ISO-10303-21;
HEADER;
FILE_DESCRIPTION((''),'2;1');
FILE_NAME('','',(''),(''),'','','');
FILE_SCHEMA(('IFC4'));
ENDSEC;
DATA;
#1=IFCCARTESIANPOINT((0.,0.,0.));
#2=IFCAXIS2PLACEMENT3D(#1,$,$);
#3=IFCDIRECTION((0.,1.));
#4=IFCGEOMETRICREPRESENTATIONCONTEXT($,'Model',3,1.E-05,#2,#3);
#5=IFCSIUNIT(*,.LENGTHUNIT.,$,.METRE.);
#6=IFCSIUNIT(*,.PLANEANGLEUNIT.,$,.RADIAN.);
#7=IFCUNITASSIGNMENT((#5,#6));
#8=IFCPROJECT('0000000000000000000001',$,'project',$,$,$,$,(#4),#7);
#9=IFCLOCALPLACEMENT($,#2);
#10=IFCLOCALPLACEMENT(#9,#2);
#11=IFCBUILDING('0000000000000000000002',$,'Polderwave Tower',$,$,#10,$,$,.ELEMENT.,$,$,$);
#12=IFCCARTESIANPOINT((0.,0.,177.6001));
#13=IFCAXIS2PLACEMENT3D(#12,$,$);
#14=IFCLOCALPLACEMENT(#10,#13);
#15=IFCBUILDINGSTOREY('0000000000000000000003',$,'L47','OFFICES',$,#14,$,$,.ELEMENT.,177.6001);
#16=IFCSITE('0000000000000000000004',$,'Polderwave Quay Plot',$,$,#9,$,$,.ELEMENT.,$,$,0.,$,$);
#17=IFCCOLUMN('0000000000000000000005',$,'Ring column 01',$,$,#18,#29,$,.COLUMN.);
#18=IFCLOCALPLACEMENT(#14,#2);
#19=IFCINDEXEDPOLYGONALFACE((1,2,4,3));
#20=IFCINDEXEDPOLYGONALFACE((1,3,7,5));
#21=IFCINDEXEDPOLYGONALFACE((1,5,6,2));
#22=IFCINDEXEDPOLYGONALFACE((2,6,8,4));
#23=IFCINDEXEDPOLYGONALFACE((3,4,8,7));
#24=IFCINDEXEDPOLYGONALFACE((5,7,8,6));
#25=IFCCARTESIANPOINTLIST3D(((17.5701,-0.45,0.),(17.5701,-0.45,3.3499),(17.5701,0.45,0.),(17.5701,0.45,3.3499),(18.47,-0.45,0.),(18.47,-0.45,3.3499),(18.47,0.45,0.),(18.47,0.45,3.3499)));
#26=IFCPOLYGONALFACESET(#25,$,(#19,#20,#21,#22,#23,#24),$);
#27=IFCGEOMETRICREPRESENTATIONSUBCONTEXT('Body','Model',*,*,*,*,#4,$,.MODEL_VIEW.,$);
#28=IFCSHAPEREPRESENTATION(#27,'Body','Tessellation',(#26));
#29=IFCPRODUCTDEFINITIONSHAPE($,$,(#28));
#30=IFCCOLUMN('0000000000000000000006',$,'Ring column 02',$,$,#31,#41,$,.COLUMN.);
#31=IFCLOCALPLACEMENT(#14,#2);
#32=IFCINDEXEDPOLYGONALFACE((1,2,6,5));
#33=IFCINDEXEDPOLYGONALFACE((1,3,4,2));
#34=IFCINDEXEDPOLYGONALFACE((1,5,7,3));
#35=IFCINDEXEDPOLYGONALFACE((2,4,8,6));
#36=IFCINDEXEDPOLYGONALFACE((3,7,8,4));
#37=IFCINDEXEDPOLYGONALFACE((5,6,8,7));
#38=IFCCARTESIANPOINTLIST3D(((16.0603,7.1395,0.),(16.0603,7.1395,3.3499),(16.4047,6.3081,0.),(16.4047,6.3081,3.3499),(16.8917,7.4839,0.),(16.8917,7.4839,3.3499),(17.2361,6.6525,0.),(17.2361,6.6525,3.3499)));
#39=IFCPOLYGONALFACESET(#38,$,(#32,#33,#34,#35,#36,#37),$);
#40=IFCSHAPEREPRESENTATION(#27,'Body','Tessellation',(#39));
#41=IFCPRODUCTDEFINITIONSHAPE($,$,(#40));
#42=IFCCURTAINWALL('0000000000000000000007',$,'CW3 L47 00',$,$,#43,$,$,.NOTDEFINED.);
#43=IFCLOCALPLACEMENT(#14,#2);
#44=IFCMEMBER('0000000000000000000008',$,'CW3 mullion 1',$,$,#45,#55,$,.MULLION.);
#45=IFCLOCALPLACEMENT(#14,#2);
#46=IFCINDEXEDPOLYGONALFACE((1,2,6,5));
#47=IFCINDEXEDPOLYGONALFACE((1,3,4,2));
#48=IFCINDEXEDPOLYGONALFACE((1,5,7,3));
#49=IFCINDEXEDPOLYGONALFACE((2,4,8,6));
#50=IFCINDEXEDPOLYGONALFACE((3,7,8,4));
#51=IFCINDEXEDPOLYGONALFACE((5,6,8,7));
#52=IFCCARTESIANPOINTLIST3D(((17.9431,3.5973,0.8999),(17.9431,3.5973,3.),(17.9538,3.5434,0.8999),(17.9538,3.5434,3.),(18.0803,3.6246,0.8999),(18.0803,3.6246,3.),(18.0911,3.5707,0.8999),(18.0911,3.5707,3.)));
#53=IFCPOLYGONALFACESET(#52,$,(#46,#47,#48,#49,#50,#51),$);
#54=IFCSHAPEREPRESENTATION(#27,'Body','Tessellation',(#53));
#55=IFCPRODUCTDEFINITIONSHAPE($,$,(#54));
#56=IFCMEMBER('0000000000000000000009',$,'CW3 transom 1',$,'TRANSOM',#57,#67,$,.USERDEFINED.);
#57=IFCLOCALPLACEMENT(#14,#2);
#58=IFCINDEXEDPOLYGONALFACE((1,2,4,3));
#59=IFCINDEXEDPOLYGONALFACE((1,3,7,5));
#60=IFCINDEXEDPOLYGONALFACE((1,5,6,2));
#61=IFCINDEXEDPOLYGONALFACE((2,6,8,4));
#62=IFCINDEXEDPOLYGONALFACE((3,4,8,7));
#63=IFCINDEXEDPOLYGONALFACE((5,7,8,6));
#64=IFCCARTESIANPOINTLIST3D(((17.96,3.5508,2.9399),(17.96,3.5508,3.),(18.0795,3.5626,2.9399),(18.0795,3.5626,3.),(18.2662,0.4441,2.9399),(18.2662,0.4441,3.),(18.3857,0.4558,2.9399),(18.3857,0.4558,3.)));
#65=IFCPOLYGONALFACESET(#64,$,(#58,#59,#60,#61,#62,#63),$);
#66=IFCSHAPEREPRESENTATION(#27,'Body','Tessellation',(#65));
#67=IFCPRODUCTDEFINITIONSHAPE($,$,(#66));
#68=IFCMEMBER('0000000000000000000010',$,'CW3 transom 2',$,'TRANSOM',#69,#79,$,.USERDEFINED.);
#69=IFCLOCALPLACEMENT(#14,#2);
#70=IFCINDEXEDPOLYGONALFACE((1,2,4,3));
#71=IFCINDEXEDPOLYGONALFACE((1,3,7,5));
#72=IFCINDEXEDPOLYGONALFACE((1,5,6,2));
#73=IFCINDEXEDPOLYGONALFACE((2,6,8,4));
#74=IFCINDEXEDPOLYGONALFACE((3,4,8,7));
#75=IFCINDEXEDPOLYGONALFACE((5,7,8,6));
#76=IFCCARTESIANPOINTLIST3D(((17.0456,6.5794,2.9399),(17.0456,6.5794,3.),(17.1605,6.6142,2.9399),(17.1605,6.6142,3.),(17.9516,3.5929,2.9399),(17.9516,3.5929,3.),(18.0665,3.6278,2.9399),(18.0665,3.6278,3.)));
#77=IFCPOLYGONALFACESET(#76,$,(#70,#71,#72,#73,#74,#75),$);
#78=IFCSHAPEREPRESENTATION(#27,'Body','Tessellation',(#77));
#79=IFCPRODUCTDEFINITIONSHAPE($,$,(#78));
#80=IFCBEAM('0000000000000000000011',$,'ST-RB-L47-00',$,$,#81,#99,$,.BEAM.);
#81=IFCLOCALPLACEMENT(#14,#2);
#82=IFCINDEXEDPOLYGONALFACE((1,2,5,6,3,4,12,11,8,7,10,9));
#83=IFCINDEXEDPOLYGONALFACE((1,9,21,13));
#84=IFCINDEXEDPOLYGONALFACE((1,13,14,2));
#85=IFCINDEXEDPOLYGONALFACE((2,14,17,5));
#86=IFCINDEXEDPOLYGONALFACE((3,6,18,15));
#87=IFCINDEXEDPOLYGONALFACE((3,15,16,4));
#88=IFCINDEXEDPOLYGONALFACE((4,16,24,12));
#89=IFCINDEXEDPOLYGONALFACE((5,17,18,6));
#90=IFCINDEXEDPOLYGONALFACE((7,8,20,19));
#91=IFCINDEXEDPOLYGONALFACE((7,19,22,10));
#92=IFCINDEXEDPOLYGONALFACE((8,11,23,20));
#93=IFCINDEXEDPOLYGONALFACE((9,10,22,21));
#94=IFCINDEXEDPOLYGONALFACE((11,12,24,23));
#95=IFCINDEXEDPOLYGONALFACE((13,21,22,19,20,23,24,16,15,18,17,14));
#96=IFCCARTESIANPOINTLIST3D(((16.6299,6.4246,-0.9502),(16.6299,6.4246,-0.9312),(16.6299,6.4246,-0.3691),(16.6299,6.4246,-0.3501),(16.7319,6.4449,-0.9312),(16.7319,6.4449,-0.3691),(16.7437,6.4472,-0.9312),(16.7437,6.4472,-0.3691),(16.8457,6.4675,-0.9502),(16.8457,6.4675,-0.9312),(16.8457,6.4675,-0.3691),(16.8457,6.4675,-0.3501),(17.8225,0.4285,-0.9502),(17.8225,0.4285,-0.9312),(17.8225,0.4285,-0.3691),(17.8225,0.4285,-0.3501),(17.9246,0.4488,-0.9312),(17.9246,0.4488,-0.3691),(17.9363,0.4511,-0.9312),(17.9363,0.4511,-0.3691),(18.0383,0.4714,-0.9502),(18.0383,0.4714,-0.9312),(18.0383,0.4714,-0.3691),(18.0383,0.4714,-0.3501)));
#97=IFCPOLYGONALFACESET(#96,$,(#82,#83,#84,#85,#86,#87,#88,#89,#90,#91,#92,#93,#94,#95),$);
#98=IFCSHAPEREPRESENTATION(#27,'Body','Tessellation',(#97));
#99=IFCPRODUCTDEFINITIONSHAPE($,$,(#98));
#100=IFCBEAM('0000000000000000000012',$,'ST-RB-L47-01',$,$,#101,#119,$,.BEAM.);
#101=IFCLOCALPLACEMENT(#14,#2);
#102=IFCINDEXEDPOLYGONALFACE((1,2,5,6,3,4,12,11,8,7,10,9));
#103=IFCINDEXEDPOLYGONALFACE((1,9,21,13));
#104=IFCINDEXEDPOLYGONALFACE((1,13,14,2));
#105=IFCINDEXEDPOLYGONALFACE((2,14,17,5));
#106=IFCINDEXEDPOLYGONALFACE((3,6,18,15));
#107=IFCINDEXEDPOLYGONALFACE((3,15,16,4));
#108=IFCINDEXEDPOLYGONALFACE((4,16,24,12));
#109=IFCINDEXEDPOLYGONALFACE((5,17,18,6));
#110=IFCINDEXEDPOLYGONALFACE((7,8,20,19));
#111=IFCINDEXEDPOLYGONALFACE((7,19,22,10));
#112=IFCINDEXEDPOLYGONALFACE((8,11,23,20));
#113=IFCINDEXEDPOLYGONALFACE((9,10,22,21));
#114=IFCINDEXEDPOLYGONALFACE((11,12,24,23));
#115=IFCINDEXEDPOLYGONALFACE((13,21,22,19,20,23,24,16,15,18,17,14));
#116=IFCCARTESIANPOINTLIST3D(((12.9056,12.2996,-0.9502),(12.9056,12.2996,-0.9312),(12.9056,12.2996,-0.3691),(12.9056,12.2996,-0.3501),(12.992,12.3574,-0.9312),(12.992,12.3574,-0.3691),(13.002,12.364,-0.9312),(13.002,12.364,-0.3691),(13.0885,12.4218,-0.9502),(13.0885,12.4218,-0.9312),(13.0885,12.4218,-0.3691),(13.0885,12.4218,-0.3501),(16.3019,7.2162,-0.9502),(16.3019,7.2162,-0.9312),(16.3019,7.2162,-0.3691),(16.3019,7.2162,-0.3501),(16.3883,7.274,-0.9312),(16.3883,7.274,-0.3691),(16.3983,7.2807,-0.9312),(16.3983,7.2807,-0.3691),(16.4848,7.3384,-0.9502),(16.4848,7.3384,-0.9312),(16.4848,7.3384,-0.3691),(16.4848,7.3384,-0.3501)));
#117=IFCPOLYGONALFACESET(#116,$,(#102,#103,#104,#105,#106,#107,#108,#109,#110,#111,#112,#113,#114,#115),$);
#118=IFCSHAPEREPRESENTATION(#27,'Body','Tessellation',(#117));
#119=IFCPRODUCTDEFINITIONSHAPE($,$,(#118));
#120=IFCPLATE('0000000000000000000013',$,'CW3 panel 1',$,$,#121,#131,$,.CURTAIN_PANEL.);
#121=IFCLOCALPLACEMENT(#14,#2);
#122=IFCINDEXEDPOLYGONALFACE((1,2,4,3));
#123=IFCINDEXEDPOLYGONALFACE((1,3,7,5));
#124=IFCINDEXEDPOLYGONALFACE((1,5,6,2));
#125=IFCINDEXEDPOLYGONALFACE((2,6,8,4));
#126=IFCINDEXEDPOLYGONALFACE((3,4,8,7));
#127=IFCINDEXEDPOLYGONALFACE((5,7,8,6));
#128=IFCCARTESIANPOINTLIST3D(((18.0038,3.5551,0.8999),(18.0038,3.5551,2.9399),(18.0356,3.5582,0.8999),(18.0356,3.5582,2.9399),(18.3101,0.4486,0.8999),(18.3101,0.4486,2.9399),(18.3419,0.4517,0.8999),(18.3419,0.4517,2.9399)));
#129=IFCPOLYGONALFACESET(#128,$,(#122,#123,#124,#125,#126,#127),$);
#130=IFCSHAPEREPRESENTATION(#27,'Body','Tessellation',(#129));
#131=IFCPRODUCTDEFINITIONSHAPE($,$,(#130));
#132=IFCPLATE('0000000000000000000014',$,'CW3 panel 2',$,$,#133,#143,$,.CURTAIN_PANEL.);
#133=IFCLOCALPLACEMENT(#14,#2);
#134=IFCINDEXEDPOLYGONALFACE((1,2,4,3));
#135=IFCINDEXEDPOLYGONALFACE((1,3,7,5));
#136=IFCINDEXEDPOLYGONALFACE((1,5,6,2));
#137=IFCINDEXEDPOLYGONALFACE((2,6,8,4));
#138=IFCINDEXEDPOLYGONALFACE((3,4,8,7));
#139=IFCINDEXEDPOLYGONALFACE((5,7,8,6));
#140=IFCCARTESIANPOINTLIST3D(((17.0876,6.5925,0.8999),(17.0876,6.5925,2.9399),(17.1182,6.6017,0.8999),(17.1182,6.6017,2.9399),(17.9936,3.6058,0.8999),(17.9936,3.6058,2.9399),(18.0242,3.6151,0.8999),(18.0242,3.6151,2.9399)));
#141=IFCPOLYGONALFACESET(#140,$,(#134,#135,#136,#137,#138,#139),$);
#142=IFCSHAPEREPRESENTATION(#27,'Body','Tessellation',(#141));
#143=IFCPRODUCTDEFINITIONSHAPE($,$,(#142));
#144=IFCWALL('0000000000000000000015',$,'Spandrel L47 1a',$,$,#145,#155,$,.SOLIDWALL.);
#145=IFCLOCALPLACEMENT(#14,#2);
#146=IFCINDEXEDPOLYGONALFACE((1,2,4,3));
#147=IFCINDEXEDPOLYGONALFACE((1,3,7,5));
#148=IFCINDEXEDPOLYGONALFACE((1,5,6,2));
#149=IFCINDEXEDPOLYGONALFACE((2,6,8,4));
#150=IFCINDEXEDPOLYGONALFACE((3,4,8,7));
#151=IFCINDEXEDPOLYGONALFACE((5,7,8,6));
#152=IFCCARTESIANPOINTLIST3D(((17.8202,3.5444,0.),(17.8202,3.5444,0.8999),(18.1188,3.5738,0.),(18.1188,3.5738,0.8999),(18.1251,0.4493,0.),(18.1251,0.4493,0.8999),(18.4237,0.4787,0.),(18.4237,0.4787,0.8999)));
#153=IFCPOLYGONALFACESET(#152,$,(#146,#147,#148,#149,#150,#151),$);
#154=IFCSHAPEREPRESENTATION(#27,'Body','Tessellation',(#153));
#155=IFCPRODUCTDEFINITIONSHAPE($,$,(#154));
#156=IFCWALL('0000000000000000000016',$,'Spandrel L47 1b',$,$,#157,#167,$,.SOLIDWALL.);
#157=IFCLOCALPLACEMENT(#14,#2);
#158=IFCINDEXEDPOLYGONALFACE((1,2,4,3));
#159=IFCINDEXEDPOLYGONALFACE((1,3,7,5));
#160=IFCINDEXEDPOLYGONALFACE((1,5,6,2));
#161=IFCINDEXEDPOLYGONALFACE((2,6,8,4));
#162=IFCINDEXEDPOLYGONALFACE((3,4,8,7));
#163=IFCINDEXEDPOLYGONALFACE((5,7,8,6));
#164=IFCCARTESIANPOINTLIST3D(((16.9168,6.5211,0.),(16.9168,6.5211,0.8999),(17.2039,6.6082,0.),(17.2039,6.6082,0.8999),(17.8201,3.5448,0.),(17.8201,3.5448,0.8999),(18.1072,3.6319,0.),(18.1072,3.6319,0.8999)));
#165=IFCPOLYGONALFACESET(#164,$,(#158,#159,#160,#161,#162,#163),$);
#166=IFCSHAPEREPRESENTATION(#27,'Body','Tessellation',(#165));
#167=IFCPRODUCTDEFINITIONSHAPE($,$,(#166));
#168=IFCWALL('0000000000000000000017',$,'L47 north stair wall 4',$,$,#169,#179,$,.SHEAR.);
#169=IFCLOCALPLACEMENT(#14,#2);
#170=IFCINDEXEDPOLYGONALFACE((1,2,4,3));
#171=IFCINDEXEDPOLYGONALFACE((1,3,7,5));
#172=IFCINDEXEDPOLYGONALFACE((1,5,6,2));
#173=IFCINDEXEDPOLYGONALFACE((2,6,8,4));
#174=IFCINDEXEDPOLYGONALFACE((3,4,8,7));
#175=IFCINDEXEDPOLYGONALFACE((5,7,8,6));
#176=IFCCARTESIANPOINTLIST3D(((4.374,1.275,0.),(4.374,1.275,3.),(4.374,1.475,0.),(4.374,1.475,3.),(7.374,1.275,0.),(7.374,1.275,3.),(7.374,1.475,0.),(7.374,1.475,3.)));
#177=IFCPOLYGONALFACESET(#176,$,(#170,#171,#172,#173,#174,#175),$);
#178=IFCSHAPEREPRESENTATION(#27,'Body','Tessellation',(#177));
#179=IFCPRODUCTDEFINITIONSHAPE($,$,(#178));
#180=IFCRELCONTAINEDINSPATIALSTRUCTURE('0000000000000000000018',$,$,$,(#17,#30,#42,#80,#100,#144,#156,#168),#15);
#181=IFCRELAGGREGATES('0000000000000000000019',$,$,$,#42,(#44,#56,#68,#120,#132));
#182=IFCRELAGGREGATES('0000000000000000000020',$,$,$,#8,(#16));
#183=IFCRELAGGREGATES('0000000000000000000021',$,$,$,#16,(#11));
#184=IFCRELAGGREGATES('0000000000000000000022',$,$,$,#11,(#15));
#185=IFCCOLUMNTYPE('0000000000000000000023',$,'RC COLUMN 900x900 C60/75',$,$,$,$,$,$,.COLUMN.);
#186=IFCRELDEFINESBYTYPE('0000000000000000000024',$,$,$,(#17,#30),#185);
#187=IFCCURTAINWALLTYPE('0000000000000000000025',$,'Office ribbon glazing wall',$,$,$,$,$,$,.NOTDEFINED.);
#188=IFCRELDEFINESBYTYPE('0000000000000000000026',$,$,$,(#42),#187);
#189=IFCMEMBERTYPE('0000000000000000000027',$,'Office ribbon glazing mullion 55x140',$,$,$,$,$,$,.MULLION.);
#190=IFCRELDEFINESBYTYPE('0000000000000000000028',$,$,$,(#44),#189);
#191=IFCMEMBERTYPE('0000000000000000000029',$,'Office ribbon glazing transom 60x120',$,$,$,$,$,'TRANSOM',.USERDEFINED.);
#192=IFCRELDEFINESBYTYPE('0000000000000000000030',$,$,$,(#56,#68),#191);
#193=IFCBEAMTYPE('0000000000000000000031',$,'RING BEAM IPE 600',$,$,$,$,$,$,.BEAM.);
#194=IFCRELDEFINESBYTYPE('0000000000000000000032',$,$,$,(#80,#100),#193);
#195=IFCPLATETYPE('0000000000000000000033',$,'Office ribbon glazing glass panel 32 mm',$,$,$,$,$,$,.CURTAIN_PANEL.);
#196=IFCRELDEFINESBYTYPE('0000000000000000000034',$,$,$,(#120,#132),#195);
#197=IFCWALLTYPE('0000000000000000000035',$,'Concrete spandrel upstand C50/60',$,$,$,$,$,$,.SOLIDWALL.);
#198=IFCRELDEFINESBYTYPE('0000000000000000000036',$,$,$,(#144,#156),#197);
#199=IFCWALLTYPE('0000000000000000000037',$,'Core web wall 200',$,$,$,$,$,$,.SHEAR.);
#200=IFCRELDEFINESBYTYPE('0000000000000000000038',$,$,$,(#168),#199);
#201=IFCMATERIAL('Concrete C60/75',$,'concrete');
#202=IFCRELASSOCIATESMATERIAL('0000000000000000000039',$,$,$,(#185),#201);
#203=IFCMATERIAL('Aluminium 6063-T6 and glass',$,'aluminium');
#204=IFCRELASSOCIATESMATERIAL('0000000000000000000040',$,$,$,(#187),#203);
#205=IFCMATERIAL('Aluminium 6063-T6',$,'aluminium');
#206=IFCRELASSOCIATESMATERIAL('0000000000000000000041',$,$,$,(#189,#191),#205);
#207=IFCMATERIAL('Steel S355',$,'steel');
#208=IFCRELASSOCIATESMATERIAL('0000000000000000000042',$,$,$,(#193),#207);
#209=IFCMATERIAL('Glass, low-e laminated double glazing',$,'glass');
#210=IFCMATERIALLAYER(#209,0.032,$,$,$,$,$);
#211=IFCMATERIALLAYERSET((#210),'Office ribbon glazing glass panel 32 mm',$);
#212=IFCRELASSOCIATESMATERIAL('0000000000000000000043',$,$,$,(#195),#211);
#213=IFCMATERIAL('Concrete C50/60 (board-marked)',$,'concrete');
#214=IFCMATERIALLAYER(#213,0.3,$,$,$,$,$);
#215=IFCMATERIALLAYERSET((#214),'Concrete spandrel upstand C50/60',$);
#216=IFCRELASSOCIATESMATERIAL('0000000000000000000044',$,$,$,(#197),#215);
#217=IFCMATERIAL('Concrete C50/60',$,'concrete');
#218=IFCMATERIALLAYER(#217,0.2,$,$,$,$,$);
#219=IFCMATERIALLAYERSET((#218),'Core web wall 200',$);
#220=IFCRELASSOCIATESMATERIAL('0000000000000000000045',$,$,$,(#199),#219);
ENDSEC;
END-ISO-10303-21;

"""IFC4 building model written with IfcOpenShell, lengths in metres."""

from ifc_helpers import new_model, si_unit, direction, frame, frame_2d, origin, origin_2d, place, context, subcontext, project, spatial, rectangle, i_section, extrude, material, layer, layer_set, material_profile, profile_set, type_object, element, aggregate, save


model = new_model("IFC4")

# Units and contexts
model_context = context("Model", 3, precision=1e-05, world=origin(), true_north=direction((0.0, 1.0)))
body_context = subcontext(model_context, "Body", "Model", "MODEL_VIEW")
ifc_project = project(units=[si_unit("LENGTHUNIT", "METRE"), si_unit("PLANEANGLEUNIT", "RADIAN")], contexts=[model_context])

# Site, building, storey
site_placement = place(None, origin())
site = spatial("IfcSite", under=ifc_project, at=site_placement, Name="Polderwave Quay Plot", CompositionType="ELEMENT", RefElevation=0.0)
building_placement = place(site_placement, origin())
building = spatial("IfcBuilding", under=site, at=building_placement, Name="Polderwave Tower", CompositionType="ELEMENT")
storey_placement = place(building_placement, frame((0.0, 0.0, 177.6001)))
storey = spatial("IfcBuildingStorey", under=building, at=storey_placement, Name="L47", Description="OFFICES", CompositionType="ELEMENT", Elevation=177.6001)

# Columns
ifc_material_1 = material(Name="Concrete C60/75", Category="concrete")
ifc_material_profile_1 = material_profile(ifc_material_1, rectangle(XDim=0.8999, YDim=0.8999, at=origin_2d()), Name="RC 900x900")
ifc_profile_set_1 = profile_set([ifc_material_profile_1], Name="Concrete C60/75")
column_type = type_object("IfcColumnType", Name="RC COLUMN 900x900 C60/75", PredefinedType="COLUMN", material=ifc_profile_set_1)
for number, where, z_axis, x_axis, name in (
    (1, (18.02, 0.0, 0.0), (0.0, 0.0, 1.0), (1.0, 0.0, 0.0), "Ring column 01"),
    (2, (16.6482, 6.896, 0.0), (0.0, 0.0, 1.0), (0.92388, 0.382683, 0.0), "Ring column 02"),
):
    element("IfcColumn", number, at=place(storey_placement, frame(where, z_axis=z_axis, x_axis=x_axis)), inside=storey, type_object=column_type, Name=name, PredefinedType="COLUMN", context=body_context, shape_type="SweptSolid", body=[
        extrude(rectangle(XDim=0.8999, YDim=0.8999, at=origin_2d()), origin(), (0.0, 0.0, 1.0), 3.3499),
    ])

# Curtain wall, members
ifc_material_2 = material(Name="Aluminium 6063-T6 and glass", Category="aluminium")
curtain_wall_type = type_object("IfcCurtainWallType", Name="Office ribbon glazing wall", PredefinedType="NOTDEFINED", material=ifc_material_2)
curtain_wall_placement = place(storey_placement, origin())
curtain_wall = element("IfcCurtainWall", 3, at=curtain_wall_placement, inside=storey, type_object=curtain_wall_type, Name="CW3 L47 00", PredefinedType="NOTDEFINED")
ifc_material_3 = material(Name="Aluminium 6063-T6", Category="aluminium")
ifc_material_profile_2 = material_profile(ifc_material_3, rectangle(XDim=0.1399, YDim=0.0549, at=origin_2d()), Name="AL 55x140")
ifc_profile_set_2 = profile_set([ifc_material_profile_2], Name="Aluminium 6063-T6")
member_type_1 = type_object("IfcMemberType", Name="Office ribbon glazing mullion 55x140", PredefinedType="MULLION", material=ifc_profile_set_2)
member_1_placement = place(storey_placement, frame((18.0171, 3.584, 0.8999), z_axis=(0.0, 0.0, 1.0), x_axis=(-0.980775, -0.195143, 0.0)))
member_1 = element("IfcMember", 4, at=member_1_placement, type_object=member_type_1, Name="CW3 mullion 1", PredefinedType="MULLION", context=body_context, shape_type="SweptSolid", body=[
    extrude(rectangle(XDim=0.1399, YDim=0.0549, at=origin_2d()), origin(), (0.0, 0.0, 1.0), 2.1001),
])
ifc_material_profile_3 = material_profile(ifc_material_3, rectangle(XDim=0.1201, YDim=0.0601, at=origin_2d()), Name="AL 60x120")
ifc_profile_set_3 = profile_set([ifc_material_profile_3], Name="Aluminium 6063-T6")
member_type_2 = type_object("IfcMemberType", Name="Office ribbon glazing transom 60x120", ElementType="TRANSOM", PredefinedType="USERDEFINED", material=ifc_profile_set_3)
member_2_placement = place(storey_placement, frame((18.3259, 0.45, 2.97), z_axis=(-0.098071, 0.995179, 0.0), x_axis=(-0.995179, -0.098071, 0.0)))
member_2 = element("IfcMember", 5, at=member_2_placement, type_object=member_type_2, Name="CW3 transom 1", ObjectType="TRANSOM", PredefinedType="USERDEFINED", context=body_context, shape_type="SweptSolid", body=[
    extrude(rectangle(XDim=0.1201, YDim=0.0601, at=origin_2d()), origin(), (0.0, 0.0, 1.0), 3.1218),
])
member_3_placement = place(storey_placement, frame((18.009, 3.6104, 2.97), z_axis=(-0.290296, 0.956937, 0.0), x_axis=(-0.956937, -0.290296, 0.0)))
member_3 = element("IfcMember", 6, at=member_3_placement, type_object=member_type_2, Name="CW3 transom 2", ObjectType="TRANSOM", PredefinedType="USERDEFINED", context=body_context, shape_type="SweptSolid", body=[
    extrude(rectangle(XDim=0.1201, YDim=0.0601, at=origin_2d()), origin(), (0.0, 0.0, 1.0), 3.1208),
])

# Beams
ifc_material_4 = material(Name="Steel S355", Category="steel")
ifc_material_profile_4 = material_profile(ifc_material_4, i_section(OverallWidth=0.22, OverallDepth=0.6001, WebThickness=0.012, FlangeThickness=0.019, at=origin_2d()), Name="IPE 600")
ifc_profile_set_4 = profile_set([ifc_material_profile_4], Name="Steel S355")
beam_type = type_object("IfcBeamType", Name="RING BEAM IPE 600", PredefinedType="BEAM", material=ifc_profile_set_4)
for number, where, z_axis, x_axis, name in (
    (7, (17.9304, 0.45, -0.6501), (-0.195079, 0.980787, 0.0), (-0.980787, -0.195079, 0.0), "ST-RB-L47-00"),
    (8, (16.3933, 7.2773, -0.6501), (-0.555539, 0.831491, 0.0), (-0.831491, -0.555539, 0.0), "ST-RB-L47-01"),
):
    element("IfcBeam", number, at=place(storey_placement, frame(where, z_axis=z_axis, x_axis=x_axis)), inside=storey, type_object=beam_type, Name=name, PredefinedType="BEAM", context=body_context, shape_type="SweptSolid", body=[
        extrude(i_section(OverallWidth=0.22, OverallDepth=0.6001, WebThickness=0.012, FlangeThickness=0.019, at=origin_2d()), origin(), (0.0, 0.0, 1.0), 6.1135),
    ])

# Plates
ifc_material_5 = material(Name="Glass, low-e laminated double glazing", Category="glass")
ifc_layer_1 = layer(ifc_material_5, 0.032)
ifc_layer_set_1 = layer_set([ifc_layer_1], Name="Office ribbon glazing glass panel 32 mm")
plate_type = type_object("IfcPlateType", Name="Office ribbon glazing glass panel 32 mm", PredefinedType="CURTAIN_PANEL", material=ifc_layer_set_1)
plate_1_placement = place(storey_placement, frame((18.1729, 2.0034, 0.8999), z_axis=(0.0, 0.0, 1.0), x_axis=(-0.09812, 0.995175, 0.0)))
plate_1 = element("IfcPlate", 9, at=plate_1_placement, type_object=plate_type, Name="CW3 panel 1", PredefinedType="CURTAIN_PANEL", context=body_context, shape_type="SweptSolid", body=[
    extrude(rectangle(XDim=3.1216, YDim=0.032, at=origin_2d()), origin(), (0.0, 0.0, 1.0), 2.04),
])
plate_2_placement = place(storey_placement, frame((17.5559, 5.1038, 0.8999), z_axis=(0.0, 0.0, 1.0), x_axis=(-0.29029, 0.956939, 0.0)))
plate_2 = element("IfcPlate", 10, at=plate_2_placement, type_object=plate_type, Name="CW3 panel 2", PredefinedType="CURTAIN_PANEL", context=body_context, shape_type="SweptSolid", body=[
    extrude(rectangle(XDim=3.1211, YDim=0.032, at=origin_2d()), origin(), (0.0, 0.0, 1.0), 2.04),
])
aggregate(curtain_wall, [member_1, member_2, member_3, plate_1, plate_2])

# Walls
ifc_material_6 = material(Name="Concrete C50/60 (board-marked)", Category="concrete")
ifc_layer_2 = layer(ifc_material_6, 0.3)
ifc_layer_set_2 = layer_set([ifc_layer_2], Name="Concrete spandrel upstand C50/60")
wall_type_1 = type_object("IfcWallType", Name="Concrete spandrel upstand C50/60", PredefinedType="SOLIDWALL", material=ifc_layer_set_2)
wall_1_placement = place(storey_placement, frame((18.2744, 0.4639, 0.0), z_axis=(0.0, 0.0, 1.0), x_axis=(-0.098042, 0.995182, 0.0)))
element("IfcWall", 11, at=wall_1_placement, inside=storey, type_object=wall_type_1, Name="Spandrel L47 1a", PredefinedType="SOLIDWALL", context=body_context, shape_type="SweptSolid", body=[
    extrude(rectangle(XDim=3.1101, YDim=0.3, at=frame_2d((1.5552, 0.0))), origin(), (0.0, 0.0, 1.0), 0.8999),
])
wall_2_placement = place(storey_placement, frame((17.9636, 3.5884, 0.0), z_axis=(0.0, 0.0, 1.0), x_axis=(-0.290421, 0.956899, 0.0)))
element("IfcWall", 12, at=wall_2_placement, inside=storey, type_object=wall_type_1, Name="Spandrel L47 1b", PredefinedType="SOLIDWALL", context=body_context, shape_type="SweptSolid", body=[
    extrude(rectangle(XDim=3.1104, YDim=0.3, at=frame_2d((1.5552, 0.0))), origin(), (0.0, 0.0, 1.0), 0.8999),
])
ifc_material_7 = material(Name="Concrete C50/60", Category="concrete")
ifc_layer_3 = layer(ifc_material_7, 0.2)
ifc_layer_set_3 = layer_set([ifc_layer_3], Name="Core web wall 200")
wall_type_2 = type_object("IfcWallType", Name="Core web wall 200", PredefinedType="SHEAR", material=ifc_layer_set_3)
wall_3_placement = place(storey_placement, frame((4.374, 1.375, 0.0), z_axis=(0.0, 0.0, 1.0), x_axis=(1.0, 0.0, 0.0)))
element("IfcWall", 13, at=wall_3_placement, inside=storey, type_object=wall_type_2, Name="L47 north stair wall 4", PredefinedType="SHEAR", context=body_context, shape_type="SweptSolid", body=[
    extrude(rectangle(XDim=3.0, YDim=0.2, at=frame_2d((1.5, 0.0))), origin(), (0.0, 0.0, 1.0), 3.0),
])

save(model, "model.ifc")
